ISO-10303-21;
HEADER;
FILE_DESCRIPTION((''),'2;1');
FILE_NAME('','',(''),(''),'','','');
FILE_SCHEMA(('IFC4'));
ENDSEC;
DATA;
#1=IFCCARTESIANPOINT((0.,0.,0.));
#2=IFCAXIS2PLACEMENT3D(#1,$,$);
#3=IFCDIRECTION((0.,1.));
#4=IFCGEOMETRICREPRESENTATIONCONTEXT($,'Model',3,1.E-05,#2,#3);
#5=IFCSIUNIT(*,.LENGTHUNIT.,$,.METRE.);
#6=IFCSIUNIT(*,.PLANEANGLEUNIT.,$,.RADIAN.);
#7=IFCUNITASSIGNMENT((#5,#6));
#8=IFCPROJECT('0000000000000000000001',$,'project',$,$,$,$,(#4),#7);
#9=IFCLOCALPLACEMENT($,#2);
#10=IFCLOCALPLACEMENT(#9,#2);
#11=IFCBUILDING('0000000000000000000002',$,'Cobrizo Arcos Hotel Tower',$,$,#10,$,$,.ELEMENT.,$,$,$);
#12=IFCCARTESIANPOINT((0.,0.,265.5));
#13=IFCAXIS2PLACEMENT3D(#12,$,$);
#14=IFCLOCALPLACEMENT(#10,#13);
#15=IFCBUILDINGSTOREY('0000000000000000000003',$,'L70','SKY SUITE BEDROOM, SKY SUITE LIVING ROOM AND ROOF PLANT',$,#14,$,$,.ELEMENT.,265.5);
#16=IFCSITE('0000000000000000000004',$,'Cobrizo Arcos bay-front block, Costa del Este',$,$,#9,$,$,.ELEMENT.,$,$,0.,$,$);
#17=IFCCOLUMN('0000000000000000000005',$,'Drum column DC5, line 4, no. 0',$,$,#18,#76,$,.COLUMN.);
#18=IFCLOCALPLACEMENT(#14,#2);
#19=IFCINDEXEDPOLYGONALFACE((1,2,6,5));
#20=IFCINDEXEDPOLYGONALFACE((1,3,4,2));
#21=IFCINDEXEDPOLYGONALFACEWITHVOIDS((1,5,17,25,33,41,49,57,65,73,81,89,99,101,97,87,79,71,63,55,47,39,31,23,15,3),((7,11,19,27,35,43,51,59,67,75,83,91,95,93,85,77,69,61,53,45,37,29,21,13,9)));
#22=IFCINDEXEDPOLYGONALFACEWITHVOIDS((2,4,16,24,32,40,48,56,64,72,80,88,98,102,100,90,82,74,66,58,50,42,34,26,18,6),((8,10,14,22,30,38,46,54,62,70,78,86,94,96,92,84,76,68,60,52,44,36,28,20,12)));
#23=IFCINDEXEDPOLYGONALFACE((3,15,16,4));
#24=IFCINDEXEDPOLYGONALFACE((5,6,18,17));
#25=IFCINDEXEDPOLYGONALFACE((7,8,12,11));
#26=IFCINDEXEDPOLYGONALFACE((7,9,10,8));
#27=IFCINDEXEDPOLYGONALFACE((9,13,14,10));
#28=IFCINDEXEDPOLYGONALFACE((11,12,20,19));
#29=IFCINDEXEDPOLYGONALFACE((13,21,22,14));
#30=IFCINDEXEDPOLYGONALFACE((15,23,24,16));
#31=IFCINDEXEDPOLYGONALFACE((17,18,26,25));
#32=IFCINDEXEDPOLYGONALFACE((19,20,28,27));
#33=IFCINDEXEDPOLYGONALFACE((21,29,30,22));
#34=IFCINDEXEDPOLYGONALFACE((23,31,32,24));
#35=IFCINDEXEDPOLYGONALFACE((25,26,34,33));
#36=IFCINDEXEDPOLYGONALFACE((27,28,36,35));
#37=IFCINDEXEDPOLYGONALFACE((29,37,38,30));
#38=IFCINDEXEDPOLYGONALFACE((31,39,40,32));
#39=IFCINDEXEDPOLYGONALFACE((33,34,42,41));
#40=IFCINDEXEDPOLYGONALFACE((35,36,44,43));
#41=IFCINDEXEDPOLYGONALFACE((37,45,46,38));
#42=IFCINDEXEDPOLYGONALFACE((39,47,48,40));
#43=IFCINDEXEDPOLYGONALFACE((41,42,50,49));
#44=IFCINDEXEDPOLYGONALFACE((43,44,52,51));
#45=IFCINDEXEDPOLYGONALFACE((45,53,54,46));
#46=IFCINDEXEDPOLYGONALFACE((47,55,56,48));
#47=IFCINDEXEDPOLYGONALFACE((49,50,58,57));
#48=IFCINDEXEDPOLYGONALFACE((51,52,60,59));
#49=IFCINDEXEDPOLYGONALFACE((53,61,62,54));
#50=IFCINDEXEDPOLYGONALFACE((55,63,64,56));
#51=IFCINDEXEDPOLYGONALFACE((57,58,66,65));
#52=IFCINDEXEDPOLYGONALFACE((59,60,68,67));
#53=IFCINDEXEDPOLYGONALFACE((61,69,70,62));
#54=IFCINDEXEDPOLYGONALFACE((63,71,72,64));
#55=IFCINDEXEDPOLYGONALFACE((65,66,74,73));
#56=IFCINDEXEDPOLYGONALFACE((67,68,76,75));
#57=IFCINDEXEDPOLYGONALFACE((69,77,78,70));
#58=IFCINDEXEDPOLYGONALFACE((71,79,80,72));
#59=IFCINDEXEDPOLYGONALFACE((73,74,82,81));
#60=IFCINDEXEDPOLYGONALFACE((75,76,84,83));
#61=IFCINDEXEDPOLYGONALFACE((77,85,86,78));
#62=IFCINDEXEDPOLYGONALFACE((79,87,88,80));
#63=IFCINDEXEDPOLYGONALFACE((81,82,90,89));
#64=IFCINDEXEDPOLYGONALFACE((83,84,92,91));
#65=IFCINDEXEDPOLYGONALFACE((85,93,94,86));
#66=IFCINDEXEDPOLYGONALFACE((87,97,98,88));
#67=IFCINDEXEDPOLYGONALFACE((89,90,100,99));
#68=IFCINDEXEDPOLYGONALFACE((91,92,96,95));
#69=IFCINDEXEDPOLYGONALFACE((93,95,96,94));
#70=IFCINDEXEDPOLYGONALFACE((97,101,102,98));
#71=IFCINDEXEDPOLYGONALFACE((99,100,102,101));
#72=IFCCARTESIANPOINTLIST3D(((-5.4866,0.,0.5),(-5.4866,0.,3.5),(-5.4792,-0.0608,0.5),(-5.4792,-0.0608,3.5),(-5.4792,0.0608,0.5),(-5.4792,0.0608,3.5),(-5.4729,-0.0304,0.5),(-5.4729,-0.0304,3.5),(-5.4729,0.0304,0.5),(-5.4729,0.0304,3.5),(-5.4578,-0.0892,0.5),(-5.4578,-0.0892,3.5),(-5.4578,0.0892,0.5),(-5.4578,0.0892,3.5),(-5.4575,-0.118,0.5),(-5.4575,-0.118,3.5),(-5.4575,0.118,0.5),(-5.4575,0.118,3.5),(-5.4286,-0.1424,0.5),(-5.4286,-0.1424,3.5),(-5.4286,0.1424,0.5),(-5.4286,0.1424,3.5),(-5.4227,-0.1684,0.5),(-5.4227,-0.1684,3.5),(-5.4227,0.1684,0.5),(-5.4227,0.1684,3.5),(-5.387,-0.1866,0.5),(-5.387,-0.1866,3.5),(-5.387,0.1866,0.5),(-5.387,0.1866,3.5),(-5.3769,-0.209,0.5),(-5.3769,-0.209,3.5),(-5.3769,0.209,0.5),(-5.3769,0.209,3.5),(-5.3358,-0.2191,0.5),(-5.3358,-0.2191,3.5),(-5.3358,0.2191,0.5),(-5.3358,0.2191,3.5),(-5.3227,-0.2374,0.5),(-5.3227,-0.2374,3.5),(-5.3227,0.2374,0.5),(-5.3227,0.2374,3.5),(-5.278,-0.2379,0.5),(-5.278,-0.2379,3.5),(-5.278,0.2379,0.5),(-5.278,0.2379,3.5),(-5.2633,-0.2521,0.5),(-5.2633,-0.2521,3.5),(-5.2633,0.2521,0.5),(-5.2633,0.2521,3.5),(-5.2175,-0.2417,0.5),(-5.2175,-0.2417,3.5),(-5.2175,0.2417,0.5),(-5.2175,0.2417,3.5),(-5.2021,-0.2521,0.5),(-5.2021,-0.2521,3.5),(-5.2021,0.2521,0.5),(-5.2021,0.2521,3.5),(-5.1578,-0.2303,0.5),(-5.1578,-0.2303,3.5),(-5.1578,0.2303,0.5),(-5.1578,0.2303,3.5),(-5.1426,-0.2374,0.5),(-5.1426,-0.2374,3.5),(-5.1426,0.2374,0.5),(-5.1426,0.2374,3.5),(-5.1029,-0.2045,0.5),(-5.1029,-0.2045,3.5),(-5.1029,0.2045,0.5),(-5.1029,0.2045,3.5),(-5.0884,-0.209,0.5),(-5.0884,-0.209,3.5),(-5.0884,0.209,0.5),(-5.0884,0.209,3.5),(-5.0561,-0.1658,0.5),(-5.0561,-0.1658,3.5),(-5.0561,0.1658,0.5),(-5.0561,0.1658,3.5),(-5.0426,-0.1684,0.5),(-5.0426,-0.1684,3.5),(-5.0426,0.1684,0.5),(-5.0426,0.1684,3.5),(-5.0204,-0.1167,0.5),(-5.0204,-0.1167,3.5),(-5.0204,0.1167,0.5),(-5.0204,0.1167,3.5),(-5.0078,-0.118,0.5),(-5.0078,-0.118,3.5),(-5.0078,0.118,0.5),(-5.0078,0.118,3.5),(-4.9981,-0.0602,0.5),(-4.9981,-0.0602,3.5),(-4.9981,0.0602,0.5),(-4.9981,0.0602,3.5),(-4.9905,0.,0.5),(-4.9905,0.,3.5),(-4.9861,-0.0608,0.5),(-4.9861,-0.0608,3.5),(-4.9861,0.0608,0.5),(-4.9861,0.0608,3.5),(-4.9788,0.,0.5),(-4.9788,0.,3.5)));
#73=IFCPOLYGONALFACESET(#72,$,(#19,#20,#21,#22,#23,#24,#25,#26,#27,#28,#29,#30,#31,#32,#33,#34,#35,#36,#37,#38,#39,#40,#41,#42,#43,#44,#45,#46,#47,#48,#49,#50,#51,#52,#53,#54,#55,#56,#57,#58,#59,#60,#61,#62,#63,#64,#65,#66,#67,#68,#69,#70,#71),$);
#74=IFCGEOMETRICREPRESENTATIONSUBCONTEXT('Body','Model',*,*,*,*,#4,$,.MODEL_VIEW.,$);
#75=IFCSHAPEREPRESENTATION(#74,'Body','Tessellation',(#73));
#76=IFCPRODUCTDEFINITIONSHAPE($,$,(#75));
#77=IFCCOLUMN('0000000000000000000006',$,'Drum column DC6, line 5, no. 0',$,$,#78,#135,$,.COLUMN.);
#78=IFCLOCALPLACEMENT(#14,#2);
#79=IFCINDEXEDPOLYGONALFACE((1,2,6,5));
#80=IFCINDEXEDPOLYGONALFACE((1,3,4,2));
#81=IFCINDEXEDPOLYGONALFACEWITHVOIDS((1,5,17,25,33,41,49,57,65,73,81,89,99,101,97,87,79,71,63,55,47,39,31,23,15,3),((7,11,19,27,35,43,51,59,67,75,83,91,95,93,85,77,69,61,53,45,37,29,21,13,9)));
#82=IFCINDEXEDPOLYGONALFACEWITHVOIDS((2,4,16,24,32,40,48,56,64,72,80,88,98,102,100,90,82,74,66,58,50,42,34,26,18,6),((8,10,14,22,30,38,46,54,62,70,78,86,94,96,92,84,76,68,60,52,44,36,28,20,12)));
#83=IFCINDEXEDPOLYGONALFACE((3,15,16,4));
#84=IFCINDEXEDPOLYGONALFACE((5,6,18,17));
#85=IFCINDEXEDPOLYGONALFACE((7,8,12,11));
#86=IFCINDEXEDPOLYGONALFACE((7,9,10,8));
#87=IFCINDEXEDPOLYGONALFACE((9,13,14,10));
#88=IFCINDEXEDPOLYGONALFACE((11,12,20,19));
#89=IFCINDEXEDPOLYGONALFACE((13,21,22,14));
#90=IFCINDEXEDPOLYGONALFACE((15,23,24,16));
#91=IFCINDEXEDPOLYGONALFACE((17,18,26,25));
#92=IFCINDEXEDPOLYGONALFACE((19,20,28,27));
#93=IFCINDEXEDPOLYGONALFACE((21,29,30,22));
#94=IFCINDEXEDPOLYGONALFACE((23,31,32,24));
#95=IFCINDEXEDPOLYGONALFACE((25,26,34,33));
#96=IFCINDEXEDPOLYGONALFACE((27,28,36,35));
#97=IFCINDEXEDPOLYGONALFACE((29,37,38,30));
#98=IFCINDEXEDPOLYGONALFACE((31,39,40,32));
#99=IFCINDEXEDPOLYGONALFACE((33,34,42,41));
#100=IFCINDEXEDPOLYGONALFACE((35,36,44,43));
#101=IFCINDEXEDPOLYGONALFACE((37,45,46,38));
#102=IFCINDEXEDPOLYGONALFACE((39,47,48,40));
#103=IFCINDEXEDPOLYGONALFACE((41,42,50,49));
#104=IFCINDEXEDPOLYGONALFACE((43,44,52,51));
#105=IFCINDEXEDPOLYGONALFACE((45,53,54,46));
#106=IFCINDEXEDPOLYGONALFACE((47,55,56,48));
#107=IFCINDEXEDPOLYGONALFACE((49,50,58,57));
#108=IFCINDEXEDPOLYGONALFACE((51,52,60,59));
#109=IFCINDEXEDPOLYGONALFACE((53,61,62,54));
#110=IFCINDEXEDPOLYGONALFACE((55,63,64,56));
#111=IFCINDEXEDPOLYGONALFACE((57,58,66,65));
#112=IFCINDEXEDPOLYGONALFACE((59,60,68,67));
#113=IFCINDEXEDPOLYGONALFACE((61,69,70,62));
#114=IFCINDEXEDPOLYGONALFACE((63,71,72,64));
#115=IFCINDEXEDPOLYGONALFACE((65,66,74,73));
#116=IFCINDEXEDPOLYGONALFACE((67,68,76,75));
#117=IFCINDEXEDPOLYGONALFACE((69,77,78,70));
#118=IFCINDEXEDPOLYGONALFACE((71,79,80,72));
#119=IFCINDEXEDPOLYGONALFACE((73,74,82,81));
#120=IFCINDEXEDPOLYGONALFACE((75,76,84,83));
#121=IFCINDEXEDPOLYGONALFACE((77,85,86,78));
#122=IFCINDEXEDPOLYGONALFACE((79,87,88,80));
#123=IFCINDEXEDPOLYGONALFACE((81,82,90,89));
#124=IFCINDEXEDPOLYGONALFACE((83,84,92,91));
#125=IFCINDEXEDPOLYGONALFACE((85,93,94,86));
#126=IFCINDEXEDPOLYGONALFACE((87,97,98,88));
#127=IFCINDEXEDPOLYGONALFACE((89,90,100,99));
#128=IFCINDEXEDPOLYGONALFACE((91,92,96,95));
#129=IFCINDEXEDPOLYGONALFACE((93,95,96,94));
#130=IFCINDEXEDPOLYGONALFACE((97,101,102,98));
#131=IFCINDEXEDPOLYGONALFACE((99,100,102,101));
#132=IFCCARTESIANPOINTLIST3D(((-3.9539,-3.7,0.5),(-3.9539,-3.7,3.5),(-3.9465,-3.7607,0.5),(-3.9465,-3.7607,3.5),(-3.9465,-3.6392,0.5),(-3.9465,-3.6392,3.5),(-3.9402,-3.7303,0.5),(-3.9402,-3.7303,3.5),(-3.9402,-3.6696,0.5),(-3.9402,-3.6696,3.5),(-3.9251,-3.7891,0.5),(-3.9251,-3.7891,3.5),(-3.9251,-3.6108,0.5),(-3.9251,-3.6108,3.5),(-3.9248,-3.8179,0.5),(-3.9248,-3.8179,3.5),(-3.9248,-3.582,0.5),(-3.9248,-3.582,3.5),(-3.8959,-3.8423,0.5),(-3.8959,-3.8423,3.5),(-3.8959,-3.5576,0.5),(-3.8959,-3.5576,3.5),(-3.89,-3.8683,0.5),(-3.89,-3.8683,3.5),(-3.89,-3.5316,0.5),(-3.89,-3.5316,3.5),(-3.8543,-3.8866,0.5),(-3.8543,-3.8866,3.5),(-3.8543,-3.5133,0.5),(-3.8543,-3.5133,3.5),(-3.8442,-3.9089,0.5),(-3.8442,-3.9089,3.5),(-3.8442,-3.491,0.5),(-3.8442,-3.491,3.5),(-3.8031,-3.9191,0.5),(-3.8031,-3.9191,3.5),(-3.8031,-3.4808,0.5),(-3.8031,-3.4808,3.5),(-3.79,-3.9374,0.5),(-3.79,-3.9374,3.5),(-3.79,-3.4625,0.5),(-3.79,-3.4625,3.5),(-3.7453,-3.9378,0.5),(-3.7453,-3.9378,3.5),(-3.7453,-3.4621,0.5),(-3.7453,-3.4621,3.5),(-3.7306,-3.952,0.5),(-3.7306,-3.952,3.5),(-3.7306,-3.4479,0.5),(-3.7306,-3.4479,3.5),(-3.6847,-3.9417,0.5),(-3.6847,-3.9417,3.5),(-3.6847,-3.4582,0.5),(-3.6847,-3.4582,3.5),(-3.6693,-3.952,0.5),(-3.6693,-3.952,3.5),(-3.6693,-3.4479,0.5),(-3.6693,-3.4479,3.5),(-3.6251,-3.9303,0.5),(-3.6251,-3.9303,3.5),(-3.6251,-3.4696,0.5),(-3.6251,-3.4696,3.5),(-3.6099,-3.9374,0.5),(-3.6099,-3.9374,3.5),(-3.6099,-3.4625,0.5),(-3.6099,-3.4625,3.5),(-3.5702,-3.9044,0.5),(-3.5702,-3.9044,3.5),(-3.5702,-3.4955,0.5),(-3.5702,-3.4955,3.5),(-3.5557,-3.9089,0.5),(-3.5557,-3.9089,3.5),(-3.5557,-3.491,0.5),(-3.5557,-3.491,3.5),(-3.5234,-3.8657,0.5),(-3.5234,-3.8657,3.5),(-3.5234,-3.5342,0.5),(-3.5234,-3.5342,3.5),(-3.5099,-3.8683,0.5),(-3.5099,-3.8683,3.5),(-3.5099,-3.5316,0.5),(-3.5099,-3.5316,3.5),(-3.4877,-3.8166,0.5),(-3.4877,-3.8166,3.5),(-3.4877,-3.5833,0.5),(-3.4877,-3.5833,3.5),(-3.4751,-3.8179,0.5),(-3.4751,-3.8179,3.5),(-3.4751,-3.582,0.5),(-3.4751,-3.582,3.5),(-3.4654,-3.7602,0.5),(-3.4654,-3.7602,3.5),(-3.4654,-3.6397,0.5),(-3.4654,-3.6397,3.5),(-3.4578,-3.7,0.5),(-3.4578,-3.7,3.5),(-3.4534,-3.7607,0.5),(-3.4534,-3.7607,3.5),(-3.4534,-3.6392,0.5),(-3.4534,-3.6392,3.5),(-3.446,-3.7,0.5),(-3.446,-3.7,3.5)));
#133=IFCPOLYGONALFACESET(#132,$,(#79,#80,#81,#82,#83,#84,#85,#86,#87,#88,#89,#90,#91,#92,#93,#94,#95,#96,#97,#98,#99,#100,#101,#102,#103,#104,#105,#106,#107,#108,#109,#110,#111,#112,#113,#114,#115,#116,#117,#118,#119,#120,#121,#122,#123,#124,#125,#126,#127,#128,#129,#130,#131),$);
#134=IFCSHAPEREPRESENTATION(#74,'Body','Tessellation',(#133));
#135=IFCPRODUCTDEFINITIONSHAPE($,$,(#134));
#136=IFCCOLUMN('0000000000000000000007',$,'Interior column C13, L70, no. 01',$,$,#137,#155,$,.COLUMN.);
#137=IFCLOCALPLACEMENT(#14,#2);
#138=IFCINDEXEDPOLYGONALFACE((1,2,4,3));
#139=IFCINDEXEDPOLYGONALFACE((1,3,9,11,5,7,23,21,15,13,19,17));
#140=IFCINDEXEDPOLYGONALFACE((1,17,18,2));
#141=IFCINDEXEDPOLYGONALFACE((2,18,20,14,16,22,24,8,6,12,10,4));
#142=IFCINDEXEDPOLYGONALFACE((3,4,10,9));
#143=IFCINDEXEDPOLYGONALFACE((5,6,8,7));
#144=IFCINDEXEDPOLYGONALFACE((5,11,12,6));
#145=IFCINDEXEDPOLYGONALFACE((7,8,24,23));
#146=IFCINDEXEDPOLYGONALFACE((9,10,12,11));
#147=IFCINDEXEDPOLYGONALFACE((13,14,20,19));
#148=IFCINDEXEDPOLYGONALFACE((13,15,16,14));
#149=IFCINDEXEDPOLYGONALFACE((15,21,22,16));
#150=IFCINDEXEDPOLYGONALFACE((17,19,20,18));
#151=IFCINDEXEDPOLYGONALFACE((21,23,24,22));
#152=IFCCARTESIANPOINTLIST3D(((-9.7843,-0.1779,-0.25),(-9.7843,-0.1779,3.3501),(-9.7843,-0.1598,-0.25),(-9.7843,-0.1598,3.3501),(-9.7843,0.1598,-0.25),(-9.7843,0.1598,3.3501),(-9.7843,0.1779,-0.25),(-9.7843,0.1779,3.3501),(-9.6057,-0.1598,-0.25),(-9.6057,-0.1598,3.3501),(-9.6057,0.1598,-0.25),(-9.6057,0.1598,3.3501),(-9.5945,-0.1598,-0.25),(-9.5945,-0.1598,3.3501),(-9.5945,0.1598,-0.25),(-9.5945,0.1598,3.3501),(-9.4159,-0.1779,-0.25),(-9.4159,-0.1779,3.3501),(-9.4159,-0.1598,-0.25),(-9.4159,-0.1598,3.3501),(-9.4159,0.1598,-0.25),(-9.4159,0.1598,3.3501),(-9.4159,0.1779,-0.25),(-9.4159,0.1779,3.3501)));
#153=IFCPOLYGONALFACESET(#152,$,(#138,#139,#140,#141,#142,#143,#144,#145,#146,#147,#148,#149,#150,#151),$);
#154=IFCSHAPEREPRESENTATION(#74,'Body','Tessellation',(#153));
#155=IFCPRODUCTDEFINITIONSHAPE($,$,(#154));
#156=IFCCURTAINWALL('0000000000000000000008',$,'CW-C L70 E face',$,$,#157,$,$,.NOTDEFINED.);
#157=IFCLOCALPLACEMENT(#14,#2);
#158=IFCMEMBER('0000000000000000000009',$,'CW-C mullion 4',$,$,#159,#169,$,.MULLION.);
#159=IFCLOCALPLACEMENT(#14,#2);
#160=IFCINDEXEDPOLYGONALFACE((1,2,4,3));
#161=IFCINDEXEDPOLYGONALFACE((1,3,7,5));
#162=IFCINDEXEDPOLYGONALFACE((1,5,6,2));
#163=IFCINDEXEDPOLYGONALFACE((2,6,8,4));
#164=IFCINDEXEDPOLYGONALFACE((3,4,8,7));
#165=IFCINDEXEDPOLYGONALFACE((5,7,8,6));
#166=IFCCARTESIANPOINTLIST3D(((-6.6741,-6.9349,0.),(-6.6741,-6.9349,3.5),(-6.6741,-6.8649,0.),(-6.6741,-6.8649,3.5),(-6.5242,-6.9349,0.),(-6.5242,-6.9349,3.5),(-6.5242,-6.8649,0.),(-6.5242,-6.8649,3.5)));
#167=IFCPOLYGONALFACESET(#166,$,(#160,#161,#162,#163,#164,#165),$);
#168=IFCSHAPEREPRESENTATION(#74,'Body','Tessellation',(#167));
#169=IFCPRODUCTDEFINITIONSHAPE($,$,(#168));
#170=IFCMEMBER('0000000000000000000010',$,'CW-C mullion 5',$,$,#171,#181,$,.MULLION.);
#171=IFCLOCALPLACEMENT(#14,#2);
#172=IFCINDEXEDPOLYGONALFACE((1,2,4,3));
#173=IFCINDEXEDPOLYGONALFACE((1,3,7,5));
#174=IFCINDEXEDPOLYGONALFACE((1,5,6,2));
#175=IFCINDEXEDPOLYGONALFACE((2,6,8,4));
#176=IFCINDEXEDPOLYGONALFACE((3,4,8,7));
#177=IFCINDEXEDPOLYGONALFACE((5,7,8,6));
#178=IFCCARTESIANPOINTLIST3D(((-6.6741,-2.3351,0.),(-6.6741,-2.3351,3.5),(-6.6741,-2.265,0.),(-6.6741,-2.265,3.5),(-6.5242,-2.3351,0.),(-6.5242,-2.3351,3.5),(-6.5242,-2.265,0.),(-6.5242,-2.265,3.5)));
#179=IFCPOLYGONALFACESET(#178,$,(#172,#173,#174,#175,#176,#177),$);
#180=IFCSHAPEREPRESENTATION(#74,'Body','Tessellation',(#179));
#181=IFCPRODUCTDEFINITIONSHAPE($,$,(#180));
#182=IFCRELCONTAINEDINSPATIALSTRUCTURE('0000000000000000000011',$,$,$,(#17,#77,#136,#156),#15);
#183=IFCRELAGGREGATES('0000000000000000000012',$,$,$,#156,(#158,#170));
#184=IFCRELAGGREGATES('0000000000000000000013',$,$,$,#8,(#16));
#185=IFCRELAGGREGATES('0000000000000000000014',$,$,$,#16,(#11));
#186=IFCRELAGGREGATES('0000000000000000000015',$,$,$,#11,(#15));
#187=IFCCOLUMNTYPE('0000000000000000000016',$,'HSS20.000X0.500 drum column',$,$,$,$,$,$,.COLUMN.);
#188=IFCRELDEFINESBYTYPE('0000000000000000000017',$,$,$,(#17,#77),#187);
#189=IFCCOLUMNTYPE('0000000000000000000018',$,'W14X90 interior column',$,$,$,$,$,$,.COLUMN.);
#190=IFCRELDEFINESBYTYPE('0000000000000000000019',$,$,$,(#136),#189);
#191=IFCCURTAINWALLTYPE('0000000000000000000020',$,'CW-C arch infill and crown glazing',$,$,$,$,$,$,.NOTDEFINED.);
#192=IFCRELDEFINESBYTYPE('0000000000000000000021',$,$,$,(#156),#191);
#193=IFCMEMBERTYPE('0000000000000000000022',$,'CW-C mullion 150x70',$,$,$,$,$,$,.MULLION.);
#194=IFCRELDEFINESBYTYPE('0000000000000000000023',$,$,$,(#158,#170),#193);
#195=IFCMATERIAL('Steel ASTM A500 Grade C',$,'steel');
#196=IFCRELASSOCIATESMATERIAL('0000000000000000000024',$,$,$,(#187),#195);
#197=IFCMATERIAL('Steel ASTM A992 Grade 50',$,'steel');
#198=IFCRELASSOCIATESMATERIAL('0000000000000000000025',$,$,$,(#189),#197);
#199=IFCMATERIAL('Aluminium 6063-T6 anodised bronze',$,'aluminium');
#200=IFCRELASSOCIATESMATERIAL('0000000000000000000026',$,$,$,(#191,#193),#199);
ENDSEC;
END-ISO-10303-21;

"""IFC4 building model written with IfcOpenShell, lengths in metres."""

from ifc_helpers import new_model, si_unit, direction, frame, origin, origin_2d, place, context, subcontext, project, spatial, rectangle, hollow_circle, i_section, extrude, material, material_profile, profile_set, type_object, element, aggregate, save


model = new_model("IFC4")

# Units and contexts
model_context = context("Model", 3, precision=1e-05, world=origin(), true_north=direction((0.0, 1.0)))
body_context = subcontext(model_context, "Body", "Model", "MODEL_VIEW")
ifc_project = project(units=[si_unit("LENGTHUNIT", "METRE"), si_unit("PLANEANGLEUNIT", "RADIAN")], contexts=[model_context])

# Site, building, storey
site_placement = place(None, origin())
site = spatial("IfcSite", under=ifc_project, at=site_placement, Name="Cobrizo Arcos bay-front block, Costa del Este", CompositionType="ELEMENT", RefElevation=0.0)
building_placement = place(site_placement, origin())
building = spatial("IfcBuilding", under=site, at=building_placement, Name="Cobrizo Arcos Hotel Tower", CompositionType="ELEMENT")
storey_placement = place(building_placement, frame((0.0, 0.0, 265.5)))
storey = spatial("IfcBuildingStorey", under=building, at=storey_placement, Name="L70", Description="SKY SUITE BEDROOM, SKY SUITE LIVING ROOM AND ROOF PLANT", CompositionType="ELEMENT", Elevation=265.5)

# Columns
ifc_material_1 = material(Name="Steel ASTM A500 Grade C", Category="steel")
ifc_material_profile_1 = material_profile(ifc_material_1, hollow_circle(Radius=0.2539, WallThickness=0.0117, at=origin_2d()), Name="HSS20.000X0.500")
ifc_profile_set_1 = profile_set([ifc_material_profile_1], Name="Steel ASTM A500 Grade C")
column_type_1 = type_object("IfcColumnType", Name="HSS20.000X0.500 drum column", PredefinedType="COLUMN", material=ifc_profile_set_1)
for number, where, z_axis, x_axis, name in (
    (1, (-5.2327, 0.0, 0.5), (0.0, 0.0, 1.0), (1.0, 0.0, 0.0), "Drum column DC5, line 4, no. 0"),
    (2, (-3.7, -3.7, 0.5), (0.0, 0.0, 1.0), (1.0, 0.0, 0.0), "Drum column DC6, line 5, no. 0"),
):
    element("IfcColumn", number, at=place(storey_placement, frame(where, z_axis=z_axis, x_axis=x_axis)), inside=storey, type_object=column_type_1, Name=name, PredefinedType="COLUMN", context=body_context, shape_type="SweptSolid", body=[
        extrude(hollow_circle(Radius=0.2539, WallThickness=0.0117, at=origin_2d()), origin(), (0.0, 0.0, 1.0), 3.0),
    ])
ifc_material_2 = material(Name="Steel ASTM A992 Grade 50", Category="steel")
ifc_material_profile_2 = material_profile(ifc_material_2, i_section(OverallWidth=0.3684, OverallDepth=0.3557, WebThickness=0.0112, FlangeThickness=0.0181, at=origin_2d()), Name="W14X90")
ifc_profile_set_2 = profile_set([ifc_material_profile_2], Name="Steel ASTM A992 Grade 50")
column_type_2 = type_object("IfcColumnType", Name="W14X90 interior column", PredefinedType="COLUMN", material=ifc_profile_set_2)
column_placement = place(storey_placement, frame((-9.6001, 0.0, -0.25), z_axis=(0.0, 0.0, 1.0), x_axis=(1.0, 0.0, 0.0)))
element("IfcColumn", 3, at=column_placement, inside=storey, type_object=column_type_2, Name="Interior column C13, L70, no. 01", PredefinedType="COLUMN", context=body_context, shape_type="SweptSolid", body=[
    extrude(i_section(OverallWidth=0.3684, OverallDepth=0.3557, WebThickness=0.0112, FlangeThickness=0.0181, at=origin_2d()), origin(), (0.0, 0.0, 1.0), 3.6001),
])

# Curtain wall, members
ifc_material_3 = material(Name="Aluminium 6063-T6 anodised bronze", Category="aluminium")
curtain_wall_type = type_object("IfcCurtainWallType", Name="CW-C arch infill and crown glazing", PredefinedType="NOTDEFINED", material=ifc_material_3)
curtain_wall_placement = place(storey_placement, origin())
curtain_wall = element("IfcCurtainWall", 4, at=curtain_wall_placement, inside=storey, type_object=curtain_wall_type, Name="CW-C L70 E face", PredefinedType="NOTDEFINED")
ifc_material_profile_3 = material_profile(ifc_material_3, rectangle(XDim=0.1499, YDim=0.0701, at=origin_2d()), Name="CW-C mullion 150x70")
ifc_profile_set_3 = profile_set([ifc_material_profile_3], Name="Aluminium 6063-T6 anodised bronze")
member_type = type_object("IfcMemberType", Name="CW-C mullion 150x70", PredefinedType="MULLION", material=ifc_profile_set_3)
member_1_placement = place(storey_placement, frame((-6.5991, -6.8999, 0.0), z_axis=(0.0, 0.0, 1.0), x_axis=(1.0, 0.0, 0.0)))
member_1 = element("IfcMember", 5, at=member_1_placement, type_object=member_type, Name="CW-C mullion 4", PredefinedType="MULLION", context=body_context, shape_type="SweptSolid", body=[
    extrude(rectangle(XDim=0.1499, YDim=0.0701, at=origin_2d()), origin(), (0.0, 0.0, 1.0), 3.5),
])
member_2_placement = place(storey_placement, frame((-6.5991, -2.3, 0.0), z_axis=(0.0, 0.0, 1.0), x_axis=(1.0, 0.0, 0.0)))
member_2 = element("IfcMember", 6, at=member_2_placement, type_object=member_type, Name="CW-C mullion 5", PredefinedType="MULLION", context=body_context, shape_type="SweptSolid", body=[
    extrude(rectangle(XDim=0.1499, YDim=0.0701, at=origin_2d()), origin(), (0.0, 0.0, 1.0), 3.5),
])

aggregate(curtain_wall, [member_1, member_2])

save(model, "model.ifc")
